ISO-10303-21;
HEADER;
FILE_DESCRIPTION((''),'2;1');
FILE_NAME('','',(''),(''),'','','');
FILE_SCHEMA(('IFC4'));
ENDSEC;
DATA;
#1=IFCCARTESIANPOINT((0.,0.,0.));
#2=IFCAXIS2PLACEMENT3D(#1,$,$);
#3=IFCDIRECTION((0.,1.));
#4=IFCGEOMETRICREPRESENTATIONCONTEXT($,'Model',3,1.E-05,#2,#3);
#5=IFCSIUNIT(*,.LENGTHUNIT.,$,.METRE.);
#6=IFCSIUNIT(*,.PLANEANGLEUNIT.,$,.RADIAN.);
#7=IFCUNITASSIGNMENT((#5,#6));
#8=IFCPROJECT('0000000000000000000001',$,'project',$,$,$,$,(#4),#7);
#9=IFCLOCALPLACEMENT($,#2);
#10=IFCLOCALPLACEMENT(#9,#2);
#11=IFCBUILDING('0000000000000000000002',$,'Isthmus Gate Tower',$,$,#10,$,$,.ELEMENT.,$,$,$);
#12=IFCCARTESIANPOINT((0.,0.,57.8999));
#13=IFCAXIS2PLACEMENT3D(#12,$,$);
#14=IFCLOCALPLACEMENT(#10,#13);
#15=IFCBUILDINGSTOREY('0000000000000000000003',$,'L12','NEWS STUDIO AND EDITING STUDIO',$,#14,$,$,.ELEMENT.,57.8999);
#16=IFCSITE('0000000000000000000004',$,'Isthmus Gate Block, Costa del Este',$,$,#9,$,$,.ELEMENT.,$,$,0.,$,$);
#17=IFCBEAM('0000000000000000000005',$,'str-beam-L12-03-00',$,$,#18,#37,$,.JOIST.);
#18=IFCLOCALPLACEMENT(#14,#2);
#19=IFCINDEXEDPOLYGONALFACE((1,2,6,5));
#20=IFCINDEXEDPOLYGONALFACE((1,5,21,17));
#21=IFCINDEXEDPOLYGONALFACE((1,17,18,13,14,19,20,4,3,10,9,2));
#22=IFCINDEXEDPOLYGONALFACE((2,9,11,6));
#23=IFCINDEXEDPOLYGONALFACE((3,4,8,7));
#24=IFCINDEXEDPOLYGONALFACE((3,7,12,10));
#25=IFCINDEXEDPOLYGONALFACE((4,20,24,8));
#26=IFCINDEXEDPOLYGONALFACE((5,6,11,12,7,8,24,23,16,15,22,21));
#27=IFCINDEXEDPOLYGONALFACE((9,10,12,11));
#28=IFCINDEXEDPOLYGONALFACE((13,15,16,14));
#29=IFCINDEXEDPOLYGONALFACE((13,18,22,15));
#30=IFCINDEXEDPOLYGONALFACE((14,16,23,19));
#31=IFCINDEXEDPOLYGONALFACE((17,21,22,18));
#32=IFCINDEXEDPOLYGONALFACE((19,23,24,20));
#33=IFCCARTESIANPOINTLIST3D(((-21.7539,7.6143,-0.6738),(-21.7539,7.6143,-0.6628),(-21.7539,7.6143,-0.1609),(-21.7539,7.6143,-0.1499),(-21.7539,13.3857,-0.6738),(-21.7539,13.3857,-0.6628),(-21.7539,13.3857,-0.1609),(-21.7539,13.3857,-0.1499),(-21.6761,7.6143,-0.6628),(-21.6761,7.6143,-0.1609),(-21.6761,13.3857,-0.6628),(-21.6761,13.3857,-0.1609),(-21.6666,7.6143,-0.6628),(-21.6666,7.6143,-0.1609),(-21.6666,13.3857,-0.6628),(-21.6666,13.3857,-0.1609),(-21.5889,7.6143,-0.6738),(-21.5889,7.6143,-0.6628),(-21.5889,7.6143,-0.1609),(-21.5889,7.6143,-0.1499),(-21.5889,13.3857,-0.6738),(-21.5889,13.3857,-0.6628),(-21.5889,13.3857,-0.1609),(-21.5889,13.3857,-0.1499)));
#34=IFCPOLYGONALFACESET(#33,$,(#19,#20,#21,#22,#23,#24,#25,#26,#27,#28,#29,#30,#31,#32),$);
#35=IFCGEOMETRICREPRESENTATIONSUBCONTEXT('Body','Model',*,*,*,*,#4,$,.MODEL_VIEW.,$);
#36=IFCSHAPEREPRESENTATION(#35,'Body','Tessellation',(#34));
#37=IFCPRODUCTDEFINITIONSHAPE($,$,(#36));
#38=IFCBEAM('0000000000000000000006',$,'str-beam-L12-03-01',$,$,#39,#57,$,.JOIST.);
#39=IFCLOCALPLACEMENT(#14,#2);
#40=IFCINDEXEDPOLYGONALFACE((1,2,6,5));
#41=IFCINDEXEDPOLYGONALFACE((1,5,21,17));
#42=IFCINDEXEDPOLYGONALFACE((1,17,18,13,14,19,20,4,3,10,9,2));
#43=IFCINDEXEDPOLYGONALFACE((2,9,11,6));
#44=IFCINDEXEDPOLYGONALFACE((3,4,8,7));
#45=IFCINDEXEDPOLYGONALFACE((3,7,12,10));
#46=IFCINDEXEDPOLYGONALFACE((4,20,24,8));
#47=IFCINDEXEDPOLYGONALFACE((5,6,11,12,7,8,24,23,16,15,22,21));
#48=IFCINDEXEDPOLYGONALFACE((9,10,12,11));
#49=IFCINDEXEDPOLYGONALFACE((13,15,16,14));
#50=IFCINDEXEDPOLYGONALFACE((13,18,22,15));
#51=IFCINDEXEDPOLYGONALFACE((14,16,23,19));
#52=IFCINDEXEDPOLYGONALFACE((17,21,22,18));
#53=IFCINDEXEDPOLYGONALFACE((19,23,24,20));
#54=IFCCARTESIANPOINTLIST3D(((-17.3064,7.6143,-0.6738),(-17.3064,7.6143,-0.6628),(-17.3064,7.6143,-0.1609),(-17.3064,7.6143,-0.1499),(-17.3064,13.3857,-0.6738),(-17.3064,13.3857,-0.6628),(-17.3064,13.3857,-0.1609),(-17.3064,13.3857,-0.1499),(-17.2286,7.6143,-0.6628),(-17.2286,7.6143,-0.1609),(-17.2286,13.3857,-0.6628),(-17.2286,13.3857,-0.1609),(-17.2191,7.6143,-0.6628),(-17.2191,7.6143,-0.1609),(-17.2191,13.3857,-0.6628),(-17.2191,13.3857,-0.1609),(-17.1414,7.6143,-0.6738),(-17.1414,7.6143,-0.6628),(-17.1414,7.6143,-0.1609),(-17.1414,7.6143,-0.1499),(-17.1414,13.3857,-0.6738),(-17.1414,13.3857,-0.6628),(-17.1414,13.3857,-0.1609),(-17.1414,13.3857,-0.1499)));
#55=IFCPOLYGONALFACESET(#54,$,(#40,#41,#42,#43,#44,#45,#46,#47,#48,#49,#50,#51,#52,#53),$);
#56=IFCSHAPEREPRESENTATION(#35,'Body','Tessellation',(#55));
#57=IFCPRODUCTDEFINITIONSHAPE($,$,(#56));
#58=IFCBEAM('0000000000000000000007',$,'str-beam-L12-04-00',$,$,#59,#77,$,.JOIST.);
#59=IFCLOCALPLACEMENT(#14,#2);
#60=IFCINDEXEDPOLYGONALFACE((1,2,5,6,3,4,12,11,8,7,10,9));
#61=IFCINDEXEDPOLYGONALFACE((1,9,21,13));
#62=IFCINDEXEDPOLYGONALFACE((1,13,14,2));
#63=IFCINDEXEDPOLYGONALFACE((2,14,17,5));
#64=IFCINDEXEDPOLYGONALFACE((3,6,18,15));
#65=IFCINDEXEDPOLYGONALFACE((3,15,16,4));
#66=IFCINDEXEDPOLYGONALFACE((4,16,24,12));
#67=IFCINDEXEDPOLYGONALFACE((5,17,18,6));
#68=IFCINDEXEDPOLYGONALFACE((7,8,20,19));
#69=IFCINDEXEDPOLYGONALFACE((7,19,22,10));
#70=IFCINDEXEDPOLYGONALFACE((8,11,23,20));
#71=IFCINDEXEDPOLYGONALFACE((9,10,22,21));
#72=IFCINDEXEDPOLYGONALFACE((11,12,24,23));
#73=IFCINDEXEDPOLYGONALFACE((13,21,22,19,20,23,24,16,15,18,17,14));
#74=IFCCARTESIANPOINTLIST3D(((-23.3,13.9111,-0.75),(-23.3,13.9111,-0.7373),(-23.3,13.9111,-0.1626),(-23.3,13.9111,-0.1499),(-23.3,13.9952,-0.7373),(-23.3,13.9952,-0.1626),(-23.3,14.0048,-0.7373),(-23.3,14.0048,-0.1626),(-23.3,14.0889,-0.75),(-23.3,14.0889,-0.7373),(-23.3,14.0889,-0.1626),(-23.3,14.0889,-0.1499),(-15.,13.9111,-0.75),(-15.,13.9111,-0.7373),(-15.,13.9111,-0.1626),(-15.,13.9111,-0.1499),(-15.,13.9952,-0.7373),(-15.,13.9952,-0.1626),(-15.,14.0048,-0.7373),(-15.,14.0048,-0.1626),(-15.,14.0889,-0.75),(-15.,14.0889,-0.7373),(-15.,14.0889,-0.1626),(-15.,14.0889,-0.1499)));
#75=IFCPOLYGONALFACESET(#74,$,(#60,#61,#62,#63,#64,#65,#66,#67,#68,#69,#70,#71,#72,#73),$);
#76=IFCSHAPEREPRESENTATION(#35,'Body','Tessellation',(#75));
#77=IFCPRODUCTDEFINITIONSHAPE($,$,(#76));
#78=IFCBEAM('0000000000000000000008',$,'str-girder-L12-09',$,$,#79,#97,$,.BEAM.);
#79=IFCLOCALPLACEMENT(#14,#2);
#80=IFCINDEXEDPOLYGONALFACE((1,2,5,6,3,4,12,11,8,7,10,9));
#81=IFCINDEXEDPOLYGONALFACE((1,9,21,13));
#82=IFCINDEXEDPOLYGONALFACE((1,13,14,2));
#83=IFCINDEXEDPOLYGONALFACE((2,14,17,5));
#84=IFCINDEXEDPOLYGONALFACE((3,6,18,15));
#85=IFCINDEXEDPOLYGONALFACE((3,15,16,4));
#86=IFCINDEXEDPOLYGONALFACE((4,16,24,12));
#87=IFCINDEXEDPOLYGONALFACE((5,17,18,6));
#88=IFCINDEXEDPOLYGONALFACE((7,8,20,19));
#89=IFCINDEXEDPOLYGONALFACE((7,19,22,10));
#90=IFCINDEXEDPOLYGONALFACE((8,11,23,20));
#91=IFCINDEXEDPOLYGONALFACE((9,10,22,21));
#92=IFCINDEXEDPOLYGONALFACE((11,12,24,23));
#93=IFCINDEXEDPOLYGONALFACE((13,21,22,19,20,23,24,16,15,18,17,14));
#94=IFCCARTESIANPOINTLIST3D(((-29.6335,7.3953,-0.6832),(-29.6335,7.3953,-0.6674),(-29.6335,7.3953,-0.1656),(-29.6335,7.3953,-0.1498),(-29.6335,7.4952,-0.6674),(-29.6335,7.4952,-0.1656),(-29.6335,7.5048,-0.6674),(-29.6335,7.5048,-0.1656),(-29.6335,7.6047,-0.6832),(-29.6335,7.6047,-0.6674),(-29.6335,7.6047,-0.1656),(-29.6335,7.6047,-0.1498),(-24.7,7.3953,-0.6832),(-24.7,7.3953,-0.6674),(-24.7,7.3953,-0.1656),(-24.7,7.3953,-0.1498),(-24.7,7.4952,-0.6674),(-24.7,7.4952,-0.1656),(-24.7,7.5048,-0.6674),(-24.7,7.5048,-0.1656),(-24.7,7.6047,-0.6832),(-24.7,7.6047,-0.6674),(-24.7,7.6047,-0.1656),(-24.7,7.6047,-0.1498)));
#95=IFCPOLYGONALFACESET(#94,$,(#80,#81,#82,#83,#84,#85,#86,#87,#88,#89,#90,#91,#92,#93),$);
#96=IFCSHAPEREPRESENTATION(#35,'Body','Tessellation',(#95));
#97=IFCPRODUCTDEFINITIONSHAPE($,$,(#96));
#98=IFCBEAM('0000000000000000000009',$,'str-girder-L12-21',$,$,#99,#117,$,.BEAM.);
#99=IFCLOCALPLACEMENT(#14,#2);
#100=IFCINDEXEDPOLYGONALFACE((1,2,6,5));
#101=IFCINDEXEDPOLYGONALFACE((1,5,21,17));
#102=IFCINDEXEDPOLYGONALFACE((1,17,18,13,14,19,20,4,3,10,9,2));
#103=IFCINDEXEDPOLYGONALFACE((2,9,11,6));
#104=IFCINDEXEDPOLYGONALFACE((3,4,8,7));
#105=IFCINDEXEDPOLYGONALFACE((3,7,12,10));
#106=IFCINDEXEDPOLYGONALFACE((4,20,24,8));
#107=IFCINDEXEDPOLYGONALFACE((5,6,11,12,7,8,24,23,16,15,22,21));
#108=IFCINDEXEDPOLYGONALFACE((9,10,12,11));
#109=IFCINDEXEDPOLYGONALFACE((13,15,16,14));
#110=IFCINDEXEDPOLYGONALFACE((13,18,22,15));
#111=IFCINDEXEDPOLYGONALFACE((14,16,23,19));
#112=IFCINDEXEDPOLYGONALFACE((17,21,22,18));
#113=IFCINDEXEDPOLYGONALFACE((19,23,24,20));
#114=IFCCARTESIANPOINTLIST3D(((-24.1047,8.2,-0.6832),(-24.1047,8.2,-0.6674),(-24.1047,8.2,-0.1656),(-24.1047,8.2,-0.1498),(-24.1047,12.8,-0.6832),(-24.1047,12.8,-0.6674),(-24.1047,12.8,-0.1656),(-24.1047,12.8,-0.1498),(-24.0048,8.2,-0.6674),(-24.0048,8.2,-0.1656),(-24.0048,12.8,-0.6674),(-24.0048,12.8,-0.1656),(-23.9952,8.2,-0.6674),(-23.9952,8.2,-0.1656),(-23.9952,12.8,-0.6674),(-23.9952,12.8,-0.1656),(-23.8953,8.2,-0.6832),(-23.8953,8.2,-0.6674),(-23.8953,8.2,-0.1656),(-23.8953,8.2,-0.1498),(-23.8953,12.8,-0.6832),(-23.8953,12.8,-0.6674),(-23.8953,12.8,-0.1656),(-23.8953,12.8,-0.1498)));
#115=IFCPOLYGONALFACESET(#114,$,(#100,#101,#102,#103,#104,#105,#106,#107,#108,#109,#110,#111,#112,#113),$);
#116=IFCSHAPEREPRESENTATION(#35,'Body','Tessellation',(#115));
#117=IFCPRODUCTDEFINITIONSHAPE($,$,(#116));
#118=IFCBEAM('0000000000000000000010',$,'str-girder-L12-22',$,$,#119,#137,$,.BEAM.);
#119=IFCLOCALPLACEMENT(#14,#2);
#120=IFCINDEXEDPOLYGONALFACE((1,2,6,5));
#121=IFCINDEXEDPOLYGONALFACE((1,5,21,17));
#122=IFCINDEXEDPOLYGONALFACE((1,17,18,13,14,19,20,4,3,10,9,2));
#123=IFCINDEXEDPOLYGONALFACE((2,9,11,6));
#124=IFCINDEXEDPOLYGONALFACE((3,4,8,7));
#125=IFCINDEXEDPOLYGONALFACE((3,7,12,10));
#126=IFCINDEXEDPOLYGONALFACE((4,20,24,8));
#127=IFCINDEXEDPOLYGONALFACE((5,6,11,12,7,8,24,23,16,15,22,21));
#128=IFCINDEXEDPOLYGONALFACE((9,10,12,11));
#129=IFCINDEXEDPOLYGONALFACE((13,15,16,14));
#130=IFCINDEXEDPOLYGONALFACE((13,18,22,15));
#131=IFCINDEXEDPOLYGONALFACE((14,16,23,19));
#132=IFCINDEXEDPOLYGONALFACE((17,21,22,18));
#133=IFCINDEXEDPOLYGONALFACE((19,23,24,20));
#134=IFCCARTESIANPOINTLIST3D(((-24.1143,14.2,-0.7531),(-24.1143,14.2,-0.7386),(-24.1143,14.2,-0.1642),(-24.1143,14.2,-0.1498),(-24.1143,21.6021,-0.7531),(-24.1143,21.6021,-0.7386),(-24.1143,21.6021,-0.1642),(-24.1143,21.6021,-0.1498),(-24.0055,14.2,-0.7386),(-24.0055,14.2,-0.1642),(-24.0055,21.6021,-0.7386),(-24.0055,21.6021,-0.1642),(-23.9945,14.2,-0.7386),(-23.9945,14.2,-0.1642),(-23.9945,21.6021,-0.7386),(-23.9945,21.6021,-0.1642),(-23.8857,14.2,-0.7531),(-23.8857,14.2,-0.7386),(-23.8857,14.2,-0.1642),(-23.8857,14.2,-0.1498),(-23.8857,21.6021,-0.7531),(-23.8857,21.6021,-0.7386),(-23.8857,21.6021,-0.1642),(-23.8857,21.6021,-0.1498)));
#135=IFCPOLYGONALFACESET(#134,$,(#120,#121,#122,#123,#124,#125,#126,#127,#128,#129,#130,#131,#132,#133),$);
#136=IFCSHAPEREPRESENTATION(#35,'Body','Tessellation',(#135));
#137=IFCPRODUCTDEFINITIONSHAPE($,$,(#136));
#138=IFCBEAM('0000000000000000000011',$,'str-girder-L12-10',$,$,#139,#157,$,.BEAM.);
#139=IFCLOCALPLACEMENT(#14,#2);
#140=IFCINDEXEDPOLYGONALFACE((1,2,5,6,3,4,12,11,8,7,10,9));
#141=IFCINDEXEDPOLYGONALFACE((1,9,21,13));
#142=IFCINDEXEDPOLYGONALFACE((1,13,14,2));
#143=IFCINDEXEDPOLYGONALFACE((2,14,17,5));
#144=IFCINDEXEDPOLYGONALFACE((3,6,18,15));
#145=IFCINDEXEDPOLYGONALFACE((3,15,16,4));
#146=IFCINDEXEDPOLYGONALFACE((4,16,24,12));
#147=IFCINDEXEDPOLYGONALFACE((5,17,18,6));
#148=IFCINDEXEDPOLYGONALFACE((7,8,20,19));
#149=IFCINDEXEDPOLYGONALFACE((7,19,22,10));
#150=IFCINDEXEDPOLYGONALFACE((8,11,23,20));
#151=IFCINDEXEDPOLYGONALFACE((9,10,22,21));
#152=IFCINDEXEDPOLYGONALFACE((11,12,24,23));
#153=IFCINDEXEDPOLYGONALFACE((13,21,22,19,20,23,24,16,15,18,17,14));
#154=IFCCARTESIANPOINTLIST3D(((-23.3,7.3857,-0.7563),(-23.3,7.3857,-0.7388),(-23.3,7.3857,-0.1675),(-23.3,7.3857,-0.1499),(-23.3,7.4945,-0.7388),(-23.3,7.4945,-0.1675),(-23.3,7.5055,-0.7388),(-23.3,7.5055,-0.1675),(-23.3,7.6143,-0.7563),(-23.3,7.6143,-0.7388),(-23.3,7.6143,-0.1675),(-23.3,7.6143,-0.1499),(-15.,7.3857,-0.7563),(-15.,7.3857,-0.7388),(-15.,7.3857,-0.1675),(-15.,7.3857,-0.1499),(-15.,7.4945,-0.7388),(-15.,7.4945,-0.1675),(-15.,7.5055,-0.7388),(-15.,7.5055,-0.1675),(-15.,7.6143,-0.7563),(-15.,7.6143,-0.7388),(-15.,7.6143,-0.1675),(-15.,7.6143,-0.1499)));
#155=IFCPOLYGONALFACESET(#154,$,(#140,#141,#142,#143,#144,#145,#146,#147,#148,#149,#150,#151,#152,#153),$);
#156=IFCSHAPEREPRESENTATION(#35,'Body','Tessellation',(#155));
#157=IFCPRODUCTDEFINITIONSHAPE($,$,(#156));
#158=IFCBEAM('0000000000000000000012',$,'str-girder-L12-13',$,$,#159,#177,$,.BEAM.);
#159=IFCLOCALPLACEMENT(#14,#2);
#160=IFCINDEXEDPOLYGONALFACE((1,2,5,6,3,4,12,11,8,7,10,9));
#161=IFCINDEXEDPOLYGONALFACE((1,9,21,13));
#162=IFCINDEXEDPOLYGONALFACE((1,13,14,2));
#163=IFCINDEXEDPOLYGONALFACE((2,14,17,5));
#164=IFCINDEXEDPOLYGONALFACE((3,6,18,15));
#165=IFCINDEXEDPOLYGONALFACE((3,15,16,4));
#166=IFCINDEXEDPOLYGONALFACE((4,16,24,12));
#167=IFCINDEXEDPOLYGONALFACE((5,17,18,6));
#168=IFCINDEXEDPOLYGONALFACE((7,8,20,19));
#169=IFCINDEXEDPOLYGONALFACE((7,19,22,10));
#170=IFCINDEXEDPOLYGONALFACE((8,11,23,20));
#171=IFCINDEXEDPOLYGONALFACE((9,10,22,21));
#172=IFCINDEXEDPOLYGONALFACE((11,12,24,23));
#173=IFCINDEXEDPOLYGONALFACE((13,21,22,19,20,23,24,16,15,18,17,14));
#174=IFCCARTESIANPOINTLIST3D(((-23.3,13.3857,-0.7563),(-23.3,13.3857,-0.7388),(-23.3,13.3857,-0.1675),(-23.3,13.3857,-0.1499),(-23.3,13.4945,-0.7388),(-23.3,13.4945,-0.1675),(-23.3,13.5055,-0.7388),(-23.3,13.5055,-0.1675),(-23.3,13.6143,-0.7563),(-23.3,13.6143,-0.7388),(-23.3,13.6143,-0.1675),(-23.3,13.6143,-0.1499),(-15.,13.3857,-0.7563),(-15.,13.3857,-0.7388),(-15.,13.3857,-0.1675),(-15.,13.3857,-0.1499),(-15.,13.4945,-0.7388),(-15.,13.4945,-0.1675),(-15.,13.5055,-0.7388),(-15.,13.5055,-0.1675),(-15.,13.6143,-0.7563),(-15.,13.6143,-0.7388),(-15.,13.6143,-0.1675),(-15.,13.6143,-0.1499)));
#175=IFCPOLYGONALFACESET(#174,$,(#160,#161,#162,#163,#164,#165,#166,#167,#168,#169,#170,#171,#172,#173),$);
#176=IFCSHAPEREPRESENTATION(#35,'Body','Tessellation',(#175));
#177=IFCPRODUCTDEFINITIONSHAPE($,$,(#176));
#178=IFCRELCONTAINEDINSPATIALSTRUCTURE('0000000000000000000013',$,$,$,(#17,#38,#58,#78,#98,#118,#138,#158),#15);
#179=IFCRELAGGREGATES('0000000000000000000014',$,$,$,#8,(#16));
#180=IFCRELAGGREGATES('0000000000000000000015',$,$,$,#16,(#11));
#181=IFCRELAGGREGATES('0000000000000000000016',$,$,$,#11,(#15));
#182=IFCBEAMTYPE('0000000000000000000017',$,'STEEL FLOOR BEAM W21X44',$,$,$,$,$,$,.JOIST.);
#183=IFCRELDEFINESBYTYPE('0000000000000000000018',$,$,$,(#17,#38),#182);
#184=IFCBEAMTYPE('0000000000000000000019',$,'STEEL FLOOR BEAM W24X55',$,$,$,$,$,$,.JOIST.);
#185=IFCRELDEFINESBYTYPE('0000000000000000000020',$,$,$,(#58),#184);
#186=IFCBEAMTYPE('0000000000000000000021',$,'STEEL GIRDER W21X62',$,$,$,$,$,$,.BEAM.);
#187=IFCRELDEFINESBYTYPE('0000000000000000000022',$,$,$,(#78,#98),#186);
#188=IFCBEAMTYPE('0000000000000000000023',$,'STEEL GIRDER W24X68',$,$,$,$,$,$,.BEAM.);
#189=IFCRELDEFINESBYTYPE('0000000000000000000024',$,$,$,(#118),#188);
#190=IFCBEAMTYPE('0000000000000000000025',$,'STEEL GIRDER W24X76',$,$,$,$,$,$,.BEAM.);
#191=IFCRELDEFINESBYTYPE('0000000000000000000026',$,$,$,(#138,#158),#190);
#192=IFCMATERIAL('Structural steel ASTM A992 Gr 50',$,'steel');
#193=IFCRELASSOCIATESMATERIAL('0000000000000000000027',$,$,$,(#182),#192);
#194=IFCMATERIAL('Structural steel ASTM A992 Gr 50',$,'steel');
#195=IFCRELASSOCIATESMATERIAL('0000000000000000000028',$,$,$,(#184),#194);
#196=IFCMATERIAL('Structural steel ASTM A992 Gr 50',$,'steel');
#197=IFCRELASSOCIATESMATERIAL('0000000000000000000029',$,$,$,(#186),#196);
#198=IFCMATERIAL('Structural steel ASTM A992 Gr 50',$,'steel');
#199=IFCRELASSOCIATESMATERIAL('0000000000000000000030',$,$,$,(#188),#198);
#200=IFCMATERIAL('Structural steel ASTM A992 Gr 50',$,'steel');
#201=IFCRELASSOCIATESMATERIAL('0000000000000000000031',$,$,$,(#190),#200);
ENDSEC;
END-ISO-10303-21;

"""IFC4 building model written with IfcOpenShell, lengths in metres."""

from ifc_helpers import new_model, si_unit, direction, frame, origin, origin_2d, place, context, subcontext, project, spatial, i_section, extrude, material, material_profile, profile_set, type_object, element, save


model = new_model("IFC4")

# Units and contexts
model_context = context("Model", 3, precision=1e-05, world=origin(), true_north=direction((0.0, 1.0)))
body_context = subcontext(model_context, "Body", "Model", "MODEL_VIEW")
ifc_project = project(units=[si_unit("LENGTHUNIT", "METRE"), si_unit("PLANEANGLEUNIT", "RADIAN")], contexts=[model_context])

# Site, building, storey
site_placement = place(None, origin())
site = spatial("IfcSite", under=ifc_project, at=site_placement, Name="Isthmus Gate Block, Costa del Este", CompositionType="ELEMENT", RefElevation=0.0)
building_placement = place(site_placement, origin())
building = spatial("IfcBuilding", under=site, at=building_placement, Name="Isthmus Gate Tower", CompositionType="ELEMENT")
storey_placement = place(building_placement, frame((0.0, 0.0, 57.8999)))
storey = spatial("IfcBuildingStorey", under=building, at=storey_placement, Name="L12", Description="NEWS STUDIO AND EDITING STUDIO", CompositionType="ELEMENT", Elevation=57.8999)

# Beams
ifc_material_1 = material(Name="Structural steel ASTM A992 Gr 50", Category="steel")
ifc_material_profile_1 = material_profile(ifc_material_1, i_section(OverallWidth=0.165, OverallDepth=0.5239, WebThickness=0.0095, FlangeThickness=0.011, at=origin_2d()), Name="W21X44")
ifc_profile_set_1 = profile_set([ifc_material_profile_1], Name="Structural steel ASTM A992 Gr 50")
beam_type_1 = type_object("IfcBeamType", Name="STEEL FLOOR BEAM W21X44", PredefinedType="JOIST", material=ifc_profile_set_1)
for number, where, z_axis, x_axis, name in (
    (1, (-21.6714, 7.6143, -0.4119), (0.0, 1.0, 0.0), (-1.0, 0.0, 0.0), "str-beam-L12-03-00"),
    (2, (-17.2239, 7.6143, -0.4119), (0.0, 1.0, 0.0), (-1.0, 0.0, 0.0), "str-beam-L12-03-01"),
):
    element("IfcBeam", number, at=place(storey_placement, frame(where, z_axis=z_axis, x_axis=x_axis)), inside=storey, type_object=beam_type_1, Name=name, PredefinedType="JOIST", context=body_context, shape_type="SweptSolid", body=[
        extrude(i_section(OverallWidth=0.165, OverallDepth=0.5239, WebThickness=0.0095, FlangeThickness=0.011, at=origin_2d()), origin(), (0.0, 0.0, 1.0), 5.7715),
    ])
ifc_material_2 = material(Name="Structural steel ASTM A992 Gr 50", Category="steel")
ifc_material_profile_2 = material_profile(ifc_material_2, i_section(OverallWidth=0.1777, OverallDepth=0.6001, WebThickness=0.0095, FlangeThickness=0.0127, at=origin_2d()), Name="W24X55")
ifc_profile_set_2 = profile_set([ifc_material_profile_2], Name="Structural steel ASTM A992 Gr 50")
beam_type_2 = type_object("IfcBeamType", Name="STEEL FLOOR BEAM W24X55", PredefinedType="JOIST", material=ifc_profile_set_2)
beam_1_placement = place(storey_placement, frame((-23.3, 14.0, -0.45), z_axis=(1.0, 0.0, 0.0), x_axis=(0.0, 1.0, 0.0)))
element("IfcBeam", 3, at=beam_1_placement, inside=storey, type_object=beam_type_2, Name="str-beam-L12-04-00", PredefinedType="JOIST", context=body_context, shape_type="SweptSolid", body=[
    extrude(i_section(OverallWidth=0.1777, OverallDepth=0.6001, WebThickness=0.0095, FlangeThickness=0.0127, at=origin_2d()), origin(), (0.0, 0.0, 1.0), 8.3),
])
ifc_material_3 = material(Name="Structural steel ASTM A992 Gr 50", Category="steel")
ifc_material_profile_3 = material_profile(ifc_material_3, i_section(OverallWidth=0.2095, OverallDepth=0.5334, WebThickness=0.0095, FlangeThickness=0.0159, at=origin_2d()), Name="W21X62")
ifc_profile_set_3 = profile_set([ifc_material_profile_3], Name="Structural steel ASTM A992 Gr 50")
beam_type_3 = type_object("IfcBeamType", Name="STEEL GIRDER W21X62", PredefinedType="BEAM", material=ifc_profile_set_3)
beam_2_placement = place(storey_placement, frame((-29.6335, 7.5, -0.4165), z_axis=(1.0, 0.0, 0.0), x_axis=(0.0, 1.0, 0.0)))
element("IfcBeam", 4, at=beam_2_placement, inside=storey, type_object=beam_type_3, Name="str-girder-L12-09", PredefinedType="BEAM", context=body_context, shape_type="SweptSolid", body=[
    extrude(i_section(OverallWidth=0.2095, OverallDepth=0.5334, WebThickness=0.0095, FlangeThickness=0.0159, at=origin_2d()), origin(), (0.0, 0.0, 1.0), 4.9336),
])
beam_3_placement = place(storey_placement, frame((-24.0, 8.2, -0.4165), z_axis=(0.0, 1.0, 0.0), x_axis=(-1.0, 0.0, 0.0)))
element("IfcBeam", 5, at=beam_3_placement, inside=storey, type_object=beam_type_3, Name="str-girder-L12-21", PredefinedType="BEAM", context=body_context, shape_type="SweptSolid", body=[
    extrude(i_section(OverallWidth=0.2095, OverallDepth=0.5334, WebThickness=0.0095, FlangeThickness=0.0159, at=origin_2d()), origin(), (0.0, 0.0, 1.0), 4.6001),
])
ifc_material_4 = material(Name="Structural steel ASTM A992 Gr 50", Category="steel")
ifc_material_profile_4 = material_profile(ifc_material_4, i_section(OverallWidth=0.2285, OverallDepth=0.6033, WebThickness=0.011, FlangeThickness=0.0144, at=origin_2d()), Name="W24X68")
ifc_profile_set_4 = profile_set([ifc_material_profile_4], Name="Structural steel ASTM A992 Gr 50")
beam_type_4 = type_object("IfcBeamType", Name="STEEL GIRDER W24X68", PredefinedType="BEAM", material=ifc_profile_set_4)
beam_4_placement = place(storey_placement, frame((-24.0, 14.2, -0.4514), z_axis=(0.0, 1.0, 0.0), x_axis=(-1.0, 0.0, 0.0)))
element("IfcBeam", 6, at=beam_4_placement, inside=storey, type_object=beam_type_4, Name="str-girder-L12-22", PredefinedType="BEAM", context=body_context, shape_type="SweptSolid", body=[
    extrude(i_section(OverallWidth=0.2285, OverallDepth=0.6033, WebThickness=0.011, FlangeThickness=0.0144, at=origin_2d()), origin(), (0.0, 0.0, 1.0), 7.4021),
])
ifc_material_5 = material(Name="Structural steel ASTM A992 Gr 50", Category="steel")
ifc_material_profile_5 = material_profile(ifc_material_5, i_section(OverallWidth=0.2285, OverallDepth=0.6064, WebThickness=0.011, FlangeThickness=0.0176, at=origin_2d()), Name="W24X76")
ifc_profile_set_5 = profile_set([ifc_material_profile_5], Name="Structural steel ASTM A992 Gr 50")
beam_type_5 = type_object("IfcBeamType", Name="STEEL GIRDER W24X76", PredefinedType="BEAM", material=ifc_profile_set_5)
for number, where, z_axis, x_axis, name in (
    (7, (-23.3, 7.5, -0.4531), (1.0, 0.0, 0.0), (0.0, 1.0, 0.0), "str-girder-L12-10"),
    (8, (-23.3, 13.5, -0.4531), (1.0, 0.0, 0.0), (0.0, 1.0, 0.0), "str-girder-L12-13"),
):
    element("IfcBeam", number, at=place(storey_placement, frame(where, z_axis=z_axis, x_axis=x_axis)), inside=storey, type_object=beam_type_5, Name=name, PredefinedType="BEAM", context=body_context, shape_type="SweptSolid", body=[
        extrude(i_section(OverallWidth=0.2285, OverallDepth=0.6064, WebThickness=0.011, FlangeThickness=0.0176, at=origin_2d()), origin(), (0.0, 0.0, 1.0), 8.3),
    ])

save(model, "model.ifc")
